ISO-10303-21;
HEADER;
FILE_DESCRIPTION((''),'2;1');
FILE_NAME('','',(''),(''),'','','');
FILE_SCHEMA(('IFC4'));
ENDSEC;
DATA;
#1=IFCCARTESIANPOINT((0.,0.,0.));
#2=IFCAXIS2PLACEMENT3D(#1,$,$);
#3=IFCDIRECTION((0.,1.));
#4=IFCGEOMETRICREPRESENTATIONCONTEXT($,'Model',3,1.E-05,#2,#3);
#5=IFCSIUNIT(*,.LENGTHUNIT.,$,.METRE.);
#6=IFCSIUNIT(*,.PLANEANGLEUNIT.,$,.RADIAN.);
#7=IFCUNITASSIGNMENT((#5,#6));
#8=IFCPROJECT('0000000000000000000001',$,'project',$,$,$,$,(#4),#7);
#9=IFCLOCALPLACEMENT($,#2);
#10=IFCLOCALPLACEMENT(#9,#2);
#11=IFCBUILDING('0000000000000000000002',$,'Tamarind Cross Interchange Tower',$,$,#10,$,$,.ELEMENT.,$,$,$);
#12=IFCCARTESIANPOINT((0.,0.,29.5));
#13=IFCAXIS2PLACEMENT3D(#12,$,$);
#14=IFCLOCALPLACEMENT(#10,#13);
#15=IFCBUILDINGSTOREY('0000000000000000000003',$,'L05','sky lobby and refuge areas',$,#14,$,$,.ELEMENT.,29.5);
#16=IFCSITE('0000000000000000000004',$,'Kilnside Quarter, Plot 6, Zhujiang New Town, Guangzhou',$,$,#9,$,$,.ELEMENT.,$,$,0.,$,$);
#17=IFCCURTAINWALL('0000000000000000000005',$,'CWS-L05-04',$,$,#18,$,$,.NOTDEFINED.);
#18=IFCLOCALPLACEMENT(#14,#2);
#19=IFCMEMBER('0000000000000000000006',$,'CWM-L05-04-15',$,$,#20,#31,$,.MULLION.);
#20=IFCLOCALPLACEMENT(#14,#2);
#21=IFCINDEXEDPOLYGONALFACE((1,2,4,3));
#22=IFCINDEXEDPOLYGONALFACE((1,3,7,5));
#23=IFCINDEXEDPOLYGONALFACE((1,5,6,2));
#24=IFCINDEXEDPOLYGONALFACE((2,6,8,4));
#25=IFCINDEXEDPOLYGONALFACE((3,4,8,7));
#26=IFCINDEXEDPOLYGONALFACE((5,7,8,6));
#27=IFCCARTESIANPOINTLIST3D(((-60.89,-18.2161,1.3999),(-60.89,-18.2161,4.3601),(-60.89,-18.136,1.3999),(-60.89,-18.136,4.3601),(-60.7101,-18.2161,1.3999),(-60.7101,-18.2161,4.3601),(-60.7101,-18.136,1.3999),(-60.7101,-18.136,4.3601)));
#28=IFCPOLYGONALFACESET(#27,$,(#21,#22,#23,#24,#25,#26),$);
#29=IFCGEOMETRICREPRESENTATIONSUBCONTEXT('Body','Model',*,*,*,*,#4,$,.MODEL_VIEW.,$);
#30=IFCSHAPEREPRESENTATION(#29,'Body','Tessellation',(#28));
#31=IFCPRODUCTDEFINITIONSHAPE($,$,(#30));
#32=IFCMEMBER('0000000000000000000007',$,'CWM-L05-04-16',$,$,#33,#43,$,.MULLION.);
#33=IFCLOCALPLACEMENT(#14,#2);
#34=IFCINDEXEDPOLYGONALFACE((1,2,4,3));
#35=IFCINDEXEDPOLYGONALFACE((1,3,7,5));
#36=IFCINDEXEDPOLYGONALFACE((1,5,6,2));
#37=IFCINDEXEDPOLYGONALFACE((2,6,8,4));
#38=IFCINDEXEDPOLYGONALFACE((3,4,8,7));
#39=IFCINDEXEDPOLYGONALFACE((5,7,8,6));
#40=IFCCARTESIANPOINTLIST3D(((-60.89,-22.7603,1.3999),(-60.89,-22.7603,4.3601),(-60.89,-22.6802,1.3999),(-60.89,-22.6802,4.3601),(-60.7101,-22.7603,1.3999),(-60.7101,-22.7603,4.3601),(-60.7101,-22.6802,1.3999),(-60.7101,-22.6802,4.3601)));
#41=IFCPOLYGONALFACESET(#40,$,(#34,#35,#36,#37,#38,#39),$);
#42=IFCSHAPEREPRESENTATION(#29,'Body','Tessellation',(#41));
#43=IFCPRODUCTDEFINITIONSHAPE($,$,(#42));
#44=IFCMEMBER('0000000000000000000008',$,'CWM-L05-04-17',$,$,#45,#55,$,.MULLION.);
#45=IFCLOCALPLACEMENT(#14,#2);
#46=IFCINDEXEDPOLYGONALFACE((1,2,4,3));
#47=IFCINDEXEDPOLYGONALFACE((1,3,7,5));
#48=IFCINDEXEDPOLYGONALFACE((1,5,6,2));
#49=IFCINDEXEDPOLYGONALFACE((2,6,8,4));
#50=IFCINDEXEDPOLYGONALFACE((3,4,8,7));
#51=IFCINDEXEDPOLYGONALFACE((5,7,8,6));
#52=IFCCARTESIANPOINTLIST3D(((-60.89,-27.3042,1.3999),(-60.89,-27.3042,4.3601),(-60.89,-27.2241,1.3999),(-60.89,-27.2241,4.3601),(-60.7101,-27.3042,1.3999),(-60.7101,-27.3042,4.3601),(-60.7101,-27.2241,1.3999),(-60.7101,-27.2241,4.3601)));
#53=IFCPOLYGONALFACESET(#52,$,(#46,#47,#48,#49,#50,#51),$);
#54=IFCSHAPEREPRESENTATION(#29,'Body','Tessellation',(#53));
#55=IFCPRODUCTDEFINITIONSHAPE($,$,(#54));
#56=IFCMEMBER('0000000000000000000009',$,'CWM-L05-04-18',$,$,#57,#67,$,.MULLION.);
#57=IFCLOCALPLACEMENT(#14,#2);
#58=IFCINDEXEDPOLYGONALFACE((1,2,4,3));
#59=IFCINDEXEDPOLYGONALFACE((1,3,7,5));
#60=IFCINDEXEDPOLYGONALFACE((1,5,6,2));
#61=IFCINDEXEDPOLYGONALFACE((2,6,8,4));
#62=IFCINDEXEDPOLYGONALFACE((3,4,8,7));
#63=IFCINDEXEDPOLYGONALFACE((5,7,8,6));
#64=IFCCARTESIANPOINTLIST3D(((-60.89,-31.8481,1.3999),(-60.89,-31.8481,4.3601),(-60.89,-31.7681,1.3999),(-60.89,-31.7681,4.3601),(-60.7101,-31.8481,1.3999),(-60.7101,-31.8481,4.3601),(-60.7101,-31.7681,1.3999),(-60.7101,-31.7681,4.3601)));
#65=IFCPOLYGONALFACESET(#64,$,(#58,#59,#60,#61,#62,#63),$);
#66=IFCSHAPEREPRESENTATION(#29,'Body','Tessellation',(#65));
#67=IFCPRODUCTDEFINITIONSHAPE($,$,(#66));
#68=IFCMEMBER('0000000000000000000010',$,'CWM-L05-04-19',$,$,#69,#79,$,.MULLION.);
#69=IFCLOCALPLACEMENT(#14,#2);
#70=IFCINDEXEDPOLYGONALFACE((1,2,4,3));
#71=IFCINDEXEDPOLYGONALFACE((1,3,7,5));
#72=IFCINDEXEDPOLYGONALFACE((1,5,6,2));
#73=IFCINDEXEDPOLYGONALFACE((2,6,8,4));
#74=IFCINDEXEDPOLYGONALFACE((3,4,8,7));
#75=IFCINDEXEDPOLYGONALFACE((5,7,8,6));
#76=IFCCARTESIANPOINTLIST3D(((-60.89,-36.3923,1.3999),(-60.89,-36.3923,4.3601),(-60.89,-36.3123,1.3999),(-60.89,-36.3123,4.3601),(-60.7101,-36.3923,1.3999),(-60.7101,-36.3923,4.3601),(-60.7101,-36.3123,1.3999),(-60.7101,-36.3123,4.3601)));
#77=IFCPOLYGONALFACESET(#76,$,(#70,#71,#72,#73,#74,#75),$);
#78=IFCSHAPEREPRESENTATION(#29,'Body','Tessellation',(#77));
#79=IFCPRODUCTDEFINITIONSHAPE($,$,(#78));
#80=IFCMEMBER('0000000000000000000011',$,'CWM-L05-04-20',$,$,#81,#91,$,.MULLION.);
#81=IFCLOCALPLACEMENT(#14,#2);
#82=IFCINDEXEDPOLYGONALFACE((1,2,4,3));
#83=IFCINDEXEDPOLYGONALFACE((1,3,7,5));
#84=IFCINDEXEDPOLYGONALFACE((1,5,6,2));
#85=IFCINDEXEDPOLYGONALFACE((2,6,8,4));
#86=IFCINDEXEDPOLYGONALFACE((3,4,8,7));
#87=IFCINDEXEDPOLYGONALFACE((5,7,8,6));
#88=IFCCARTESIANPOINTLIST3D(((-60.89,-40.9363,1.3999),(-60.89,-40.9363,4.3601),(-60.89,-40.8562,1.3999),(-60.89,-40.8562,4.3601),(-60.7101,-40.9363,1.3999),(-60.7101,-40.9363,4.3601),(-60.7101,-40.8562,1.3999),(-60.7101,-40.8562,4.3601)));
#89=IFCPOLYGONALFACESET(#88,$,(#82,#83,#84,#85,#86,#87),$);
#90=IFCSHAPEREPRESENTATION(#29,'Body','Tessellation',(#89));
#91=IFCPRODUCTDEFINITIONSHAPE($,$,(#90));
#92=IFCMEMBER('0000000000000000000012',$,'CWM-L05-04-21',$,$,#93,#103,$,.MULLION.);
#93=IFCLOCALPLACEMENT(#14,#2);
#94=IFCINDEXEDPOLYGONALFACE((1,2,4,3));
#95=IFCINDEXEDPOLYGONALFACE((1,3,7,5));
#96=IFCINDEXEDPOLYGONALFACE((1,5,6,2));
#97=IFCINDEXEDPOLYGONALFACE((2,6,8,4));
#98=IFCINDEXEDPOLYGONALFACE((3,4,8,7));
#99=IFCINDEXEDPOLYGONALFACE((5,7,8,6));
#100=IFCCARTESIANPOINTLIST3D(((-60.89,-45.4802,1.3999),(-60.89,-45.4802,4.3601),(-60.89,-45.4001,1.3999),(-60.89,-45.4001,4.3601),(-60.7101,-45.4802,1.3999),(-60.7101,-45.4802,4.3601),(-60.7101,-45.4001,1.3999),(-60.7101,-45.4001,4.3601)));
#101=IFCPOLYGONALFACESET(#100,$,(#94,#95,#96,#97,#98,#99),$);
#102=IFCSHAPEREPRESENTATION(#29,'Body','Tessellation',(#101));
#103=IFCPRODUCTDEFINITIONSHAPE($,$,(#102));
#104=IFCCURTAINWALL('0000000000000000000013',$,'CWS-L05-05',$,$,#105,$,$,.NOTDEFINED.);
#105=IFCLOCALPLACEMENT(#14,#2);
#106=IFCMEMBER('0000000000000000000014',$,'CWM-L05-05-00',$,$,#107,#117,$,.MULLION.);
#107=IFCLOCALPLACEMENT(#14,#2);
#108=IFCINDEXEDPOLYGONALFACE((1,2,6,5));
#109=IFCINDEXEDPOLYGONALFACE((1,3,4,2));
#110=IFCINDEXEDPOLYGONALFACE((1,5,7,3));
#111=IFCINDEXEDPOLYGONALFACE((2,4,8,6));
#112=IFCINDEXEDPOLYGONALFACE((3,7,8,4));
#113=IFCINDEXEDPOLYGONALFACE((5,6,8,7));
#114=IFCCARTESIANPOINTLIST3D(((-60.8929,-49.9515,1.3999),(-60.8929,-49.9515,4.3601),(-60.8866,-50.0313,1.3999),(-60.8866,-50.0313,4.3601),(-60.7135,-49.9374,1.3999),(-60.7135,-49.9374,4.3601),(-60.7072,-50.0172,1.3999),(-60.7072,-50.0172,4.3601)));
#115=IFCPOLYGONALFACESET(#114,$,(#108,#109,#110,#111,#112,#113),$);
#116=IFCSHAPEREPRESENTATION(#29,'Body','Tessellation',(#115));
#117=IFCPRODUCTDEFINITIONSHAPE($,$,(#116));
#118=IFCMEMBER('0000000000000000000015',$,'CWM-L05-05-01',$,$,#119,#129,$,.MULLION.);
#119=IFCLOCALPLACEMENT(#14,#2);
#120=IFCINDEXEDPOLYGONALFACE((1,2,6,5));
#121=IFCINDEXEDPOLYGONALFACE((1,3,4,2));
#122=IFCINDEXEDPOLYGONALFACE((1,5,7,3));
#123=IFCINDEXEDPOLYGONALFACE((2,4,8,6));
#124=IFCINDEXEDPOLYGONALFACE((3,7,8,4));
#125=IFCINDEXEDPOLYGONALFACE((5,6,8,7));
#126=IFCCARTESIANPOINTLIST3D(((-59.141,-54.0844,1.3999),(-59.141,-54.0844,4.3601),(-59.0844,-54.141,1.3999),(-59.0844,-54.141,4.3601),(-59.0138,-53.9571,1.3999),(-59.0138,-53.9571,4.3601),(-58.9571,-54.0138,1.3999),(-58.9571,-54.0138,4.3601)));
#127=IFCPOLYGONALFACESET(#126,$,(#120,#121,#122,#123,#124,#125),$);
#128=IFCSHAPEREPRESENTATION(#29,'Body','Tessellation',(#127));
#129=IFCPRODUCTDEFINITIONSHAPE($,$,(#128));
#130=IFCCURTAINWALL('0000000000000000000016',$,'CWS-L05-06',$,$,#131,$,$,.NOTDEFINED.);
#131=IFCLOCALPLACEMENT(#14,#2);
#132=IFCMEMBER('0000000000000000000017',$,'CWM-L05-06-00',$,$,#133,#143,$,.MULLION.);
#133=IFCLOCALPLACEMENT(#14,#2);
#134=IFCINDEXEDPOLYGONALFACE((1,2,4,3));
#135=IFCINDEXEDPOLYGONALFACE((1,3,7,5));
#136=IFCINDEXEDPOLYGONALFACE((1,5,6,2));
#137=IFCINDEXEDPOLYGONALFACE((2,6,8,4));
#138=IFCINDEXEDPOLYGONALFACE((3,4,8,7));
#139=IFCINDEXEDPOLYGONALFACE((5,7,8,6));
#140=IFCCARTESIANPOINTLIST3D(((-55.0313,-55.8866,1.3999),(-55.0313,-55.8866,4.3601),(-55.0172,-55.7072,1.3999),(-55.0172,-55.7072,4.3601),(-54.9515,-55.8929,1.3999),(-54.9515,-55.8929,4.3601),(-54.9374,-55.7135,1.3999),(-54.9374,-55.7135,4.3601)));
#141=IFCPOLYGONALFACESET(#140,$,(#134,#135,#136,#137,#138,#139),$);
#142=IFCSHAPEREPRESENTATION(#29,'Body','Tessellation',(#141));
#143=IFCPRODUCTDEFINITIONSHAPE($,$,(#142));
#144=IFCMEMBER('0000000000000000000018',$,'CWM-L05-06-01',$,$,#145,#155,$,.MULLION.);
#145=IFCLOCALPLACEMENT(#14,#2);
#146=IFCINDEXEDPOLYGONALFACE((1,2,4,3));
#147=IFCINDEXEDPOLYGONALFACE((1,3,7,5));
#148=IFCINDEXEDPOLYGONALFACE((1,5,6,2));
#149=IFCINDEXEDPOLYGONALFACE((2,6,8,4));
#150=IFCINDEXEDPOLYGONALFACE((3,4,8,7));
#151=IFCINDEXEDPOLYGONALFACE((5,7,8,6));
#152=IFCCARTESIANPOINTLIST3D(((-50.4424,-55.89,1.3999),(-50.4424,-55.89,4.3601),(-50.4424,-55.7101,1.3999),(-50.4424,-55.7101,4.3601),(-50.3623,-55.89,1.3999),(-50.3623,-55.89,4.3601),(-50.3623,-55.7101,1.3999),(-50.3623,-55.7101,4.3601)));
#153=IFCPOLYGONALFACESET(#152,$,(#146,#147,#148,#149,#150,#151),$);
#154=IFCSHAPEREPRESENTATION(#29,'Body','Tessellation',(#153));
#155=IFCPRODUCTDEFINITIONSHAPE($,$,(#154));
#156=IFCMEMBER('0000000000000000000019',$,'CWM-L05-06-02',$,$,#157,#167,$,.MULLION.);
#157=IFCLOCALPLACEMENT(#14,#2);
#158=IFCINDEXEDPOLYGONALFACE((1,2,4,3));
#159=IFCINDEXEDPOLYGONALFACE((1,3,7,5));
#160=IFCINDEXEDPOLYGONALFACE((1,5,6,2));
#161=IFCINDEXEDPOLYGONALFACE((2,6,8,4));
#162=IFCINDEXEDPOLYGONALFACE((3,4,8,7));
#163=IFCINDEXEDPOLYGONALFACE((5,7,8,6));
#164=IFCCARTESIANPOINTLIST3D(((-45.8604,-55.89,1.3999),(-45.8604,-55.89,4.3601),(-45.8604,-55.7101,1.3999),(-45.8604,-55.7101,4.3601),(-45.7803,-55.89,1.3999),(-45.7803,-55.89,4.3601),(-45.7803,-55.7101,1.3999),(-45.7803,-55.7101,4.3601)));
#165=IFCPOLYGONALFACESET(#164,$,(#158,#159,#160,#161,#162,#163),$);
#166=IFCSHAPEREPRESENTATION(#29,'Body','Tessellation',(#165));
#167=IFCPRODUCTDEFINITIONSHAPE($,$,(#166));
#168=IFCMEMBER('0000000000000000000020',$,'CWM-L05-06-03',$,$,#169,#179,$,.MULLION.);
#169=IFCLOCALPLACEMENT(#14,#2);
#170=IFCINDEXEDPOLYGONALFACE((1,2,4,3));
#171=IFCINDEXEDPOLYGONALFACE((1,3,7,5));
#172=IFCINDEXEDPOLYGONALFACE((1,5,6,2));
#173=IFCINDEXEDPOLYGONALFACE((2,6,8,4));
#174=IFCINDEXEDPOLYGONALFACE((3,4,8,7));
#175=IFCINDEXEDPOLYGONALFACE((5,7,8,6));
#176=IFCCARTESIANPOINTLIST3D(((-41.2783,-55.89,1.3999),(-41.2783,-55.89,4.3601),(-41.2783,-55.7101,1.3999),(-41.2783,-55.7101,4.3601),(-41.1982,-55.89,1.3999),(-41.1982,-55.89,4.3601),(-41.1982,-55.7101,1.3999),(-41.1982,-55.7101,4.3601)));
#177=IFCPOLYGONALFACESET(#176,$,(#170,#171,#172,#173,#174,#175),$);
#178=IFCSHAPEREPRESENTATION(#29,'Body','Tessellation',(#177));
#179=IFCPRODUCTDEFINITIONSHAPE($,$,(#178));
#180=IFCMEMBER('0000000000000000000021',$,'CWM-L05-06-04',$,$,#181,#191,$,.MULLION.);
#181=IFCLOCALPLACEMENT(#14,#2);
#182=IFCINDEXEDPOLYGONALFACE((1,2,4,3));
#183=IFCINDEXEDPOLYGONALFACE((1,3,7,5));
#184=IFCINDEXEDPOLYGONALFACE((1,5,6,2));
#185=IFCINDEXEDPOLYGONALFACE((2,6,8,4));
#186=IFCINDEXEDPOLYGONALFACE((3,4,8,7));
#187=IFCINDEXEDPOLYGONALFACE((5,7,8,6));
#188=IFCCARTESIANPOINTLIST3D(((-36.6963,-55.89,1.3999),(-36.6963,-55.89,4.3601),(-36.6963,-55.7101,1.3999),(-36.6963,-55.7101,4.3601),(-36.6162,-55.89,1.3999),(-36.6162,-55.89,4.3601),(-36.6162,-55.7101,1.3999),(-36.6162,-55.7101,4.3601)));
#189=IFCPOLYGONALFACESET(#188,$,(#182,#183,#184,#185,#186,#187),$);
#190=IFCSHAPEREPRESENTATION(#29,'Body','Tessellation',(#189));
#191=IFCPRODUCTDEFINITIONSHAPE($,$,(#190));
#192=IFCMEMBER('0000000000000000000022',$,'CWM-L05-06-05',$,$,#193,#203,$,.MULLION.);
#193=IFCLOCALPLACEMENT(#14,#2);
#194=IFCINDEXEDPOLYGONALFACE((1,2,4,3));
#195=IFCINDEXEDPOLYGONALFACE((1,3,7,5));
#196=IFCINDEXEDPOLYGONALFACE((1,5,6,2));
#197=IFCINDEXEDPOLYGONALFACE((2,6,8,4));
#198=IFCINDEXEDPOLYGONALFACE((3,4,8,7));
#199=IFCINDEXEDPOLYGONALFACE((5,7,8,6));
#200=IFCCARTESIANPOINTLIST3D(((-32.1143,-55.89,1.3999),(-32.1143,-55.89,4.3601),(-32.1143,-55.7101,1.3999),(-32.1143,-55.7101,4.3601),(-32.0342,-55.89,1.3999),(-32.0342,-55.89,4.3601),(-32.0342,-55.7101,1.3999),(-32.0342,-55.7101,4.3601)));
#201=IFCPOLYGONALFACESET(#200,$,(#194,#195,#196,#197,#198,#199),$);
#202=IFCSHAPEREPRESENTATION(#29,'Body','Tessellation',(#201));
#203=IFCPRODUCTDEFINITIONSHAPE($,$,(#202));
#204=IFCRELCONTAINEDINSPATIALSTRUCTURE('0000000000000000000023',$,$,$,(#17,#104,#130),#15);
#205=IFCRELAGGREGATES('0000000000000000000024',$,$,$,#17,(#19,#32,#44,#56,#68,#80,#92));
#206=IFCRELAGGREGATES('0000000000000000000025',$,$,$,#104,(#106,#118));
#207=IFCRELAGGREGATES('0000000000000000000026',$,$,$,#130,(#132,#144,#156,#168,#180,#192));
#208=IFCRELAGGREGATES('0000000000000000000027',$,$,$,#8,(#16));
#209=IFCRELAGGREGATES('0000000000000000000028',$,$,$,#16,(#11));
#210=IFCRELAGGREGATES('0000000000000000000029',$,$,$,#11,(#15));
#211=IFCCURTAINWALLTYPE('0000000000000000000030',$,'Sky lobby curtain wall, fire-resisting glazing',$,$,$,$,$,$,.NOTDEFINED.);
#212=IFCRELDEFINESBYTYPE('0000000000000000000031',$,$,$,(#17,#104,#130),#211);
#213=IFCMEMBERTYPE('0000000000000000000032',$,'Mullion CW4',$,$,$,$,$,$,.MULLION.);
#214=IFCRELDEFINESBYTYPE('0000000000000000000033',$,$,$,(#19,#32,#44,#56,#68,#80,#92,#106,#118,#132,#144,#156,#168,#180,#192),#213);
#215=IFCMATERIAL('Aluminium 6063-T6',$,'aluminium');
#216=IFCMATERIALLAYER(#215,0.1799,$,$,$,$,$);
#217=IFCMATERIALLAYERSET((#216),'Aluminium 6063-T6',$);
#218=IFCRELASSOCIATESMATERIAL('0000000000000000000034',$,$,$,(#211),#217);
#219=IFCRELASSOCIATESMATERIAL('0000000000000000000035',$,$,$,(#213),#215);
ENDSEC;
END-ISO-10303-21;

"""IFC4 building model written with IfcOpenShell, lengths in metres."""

from ifc_helpers import new_model, si_unit, direction, frame, origin, origin_2d, place, context, subcontext, project, spatial, rectangle, extrude, material, layer, layer_set, material_profile, profile_set, type_object, element, aggregate, save


model = new_model("IFC4")

# Units and contexts
model_context = context("Model", 3, precision=1e-05, world=origin(), true_north=direction((0.0, 1.0)))
body_context = subcontext(model_context, "Body", "Model", "MODEL_VIEW")
ifc_project = project(units=[si_unit("LENGTHUNIT", "METRE"), si_unit("PLANEANGLEUNIT", "RADIAN")], contexts=[model_context])

# Site, building, storey
site_placement = place(None, origin())
site = spatial("IfcSite", under=ifc_project, at=site_placement, Name="Kilnside Quarter, Plot 6, Zhujiang New Town, Guangzhou", CompositionType="ELEMENT", RefElevation=0.0)
building_placement = place(site_placement, origin())
building = spatial("IfcBuilding", under=site, at=building_placement, Name="Tamarind Cross Interchange Tower", CompositionType="ELEMENT")
storey_placement = place(building_placement, frame((0.0, 0.0, 29.5)))
storey = spatial("IfcBuildingStorey", under=building, at=storey_placement, Name="L05", Description="sky lobby and refuge areas", CompositionType="ELEMENT", Elevation=29.5)

# Curtain walls, members
ifc_material_1 = material(Name="Aluminium 6063-T6", Category="aluminium")
ifc_layer_1 = layer(ifc_material_1, 0.1799)
ifc_layer_set_1 = layer_set([ifc_layer_1], Name="Aluminium 6063-T6")
curtain_wall_type = type_object("IfcCurtainWallType", Name="Sky lobby curtain wall, fire-resisting glazing", PredefinedType="NOTDEFINED", material=ifc_layer_set_1)
curtain_wall_1_placement = place(storey_placement, origin())
curtain_wall_1 = element("IfcCurtainWall", 1, at=curtain_wall_1_placement, inside=storey, type_object=curtain_wall_type, Name="CWS-L05-04", PredefinedType="NOTDEFINED")
ifc_material_profile_1 = material_profile(ifc_material_1, rectangle(XDim=0.0801, YDim=0.1799, at=origin_2d()), Name="Mullion CW4")
ifc_profile_set_1 = profile_set([ifc_material_profile_1], Name="Aluminium 6063-T6")
member_type = type_object("IfcMemberType", Name="Mullion CW4", PredefinedType="MULLION", material=ifc_profile_set_1)
member_1_placement = place(storey_placement, frame((-60.8, -18.176, 1.3999), z_axis=(0.0, 0.0, 1.0), x_axis=(0.0, -1.0, 0.0)))
member_1 = element("IfcMember", 2, at=member_1_placement, type_object=member_type, Name="CWM-L05-04-15", PredefinedType="MULLION", context=body_context, shape_type="SweptSolid", body=[
    extrude(rectangle(XDim=0.0801, YDim=0.1799, at=origin_2d()), origin(), (0.0, 0.0, 1.0), 2.9602),
])
member_2_placement = place(storey_placement, frame((-60.8, -22.7202, 1.3999), z_axis=(0.0, 0.0, 1.0), x_axis=(0.0, -1.0, 0.0)))
member_2 = element("IfcMember", 3, at=member_2_placement, type_object=member_type, Name="CWM-L05-04-16", PredefinedType="MULLION", context=body_context, shape_type="SweptSolid", body=[
    extrude(rectangle(XDim=0.0801, YDim=0.1799, at=origin_2d()), origin(), (0.0, 0.0, 1.0), 2.9602),
])
member_3_placement = place(storey_placement, frame((-60.8, -27.2642, 1.3999), z_axis=(0.0, 0.0, 1.0), x_axis=(0.0, -1.0, 0.0)))
member_3 = element("IfcMember", 4, at=member_3_placement, type_object=member_type, Name="CWM-L05-04-17", PredefinedType="MULLION", context=body_context, shape_type="SweptSolid", body=[
    extrude(rectangle(XDim=0.0801, YDim=0.1799, at=origin_2d()), origin(), (0.0, 0.0, 1.0), 2.9602),
])
member_4_placement = place(storey_placement, frame((-60.8, -31.8081, 1.3999), z_axis=(0.0, 0.0, 1.0), x_axis=(0.0, -1.0, 0.0)))
member_4 = element("IfcMember", 5, at=member_4_placement, type_object=member_type, Name="CWM-L05-04-18", PredefinedType="MULLION", context=body_context, shape_type="SweptSolid", body=[
    extrude(rectangle(XDim=0.0801, YDim=0.1799, at=origin_2d()), origin(), (0.0, 0.0, 1.0), 2.9602),
])
member_5_placement = place(storey_placement, frame((-60.8, -36.3523, 1.3999), z_axis=(0.0, 0.0, 1.0), x_axis=(0.0, -1.0, 0.0)))
member_5 = element("IfcMember", 6, at=member_5_placement, type_object=member_type, Name="CWM-L05-04-19", PredefinedType="MULLION", context=body_context, shape_type="SweptSolid", body=[
    extrude(rectangle(XDim=0.0801, YDim=0.1799, at=origin_2d()), origin(), (0.0, 0.0, 1.0), 2.9602),
])
member_6_placement = place(storey_placement, frame((-60.8, -40.8962, 1.3999), z_axis=(0.0, 0.0, 1.0), x_axis=(0.0, -1.0, 0.0)))
member_6 = element("IfcMember", 7, at=member_6_placement, type_object=member_type, Name="CWM-L05-04-20", PredefinedType="MULLION", context=body_context, shape_type="SweptSolid", body=[
    extrude(rectangle(XDim=0.0801, YDim=0.1799, at=origin_2d()), origin(), (0.0, 0.0, 1.0), 2.9602),
])
member_7_placement = place(storey_placement, frame((-60.8, -45.4402, 1.3999), z_axis=(0.0, 0.0, 1.0), x_axis=(0.0, -1.0, 0.0)))
member_7 = element("IfcMember", 8, at=member_7_placement, type_object=member_type, Name="CWM-L05-04-21", PredefinedType="MULLION", context=body_context, shape_type="SweptSolid", body=[
    extrude(rectangle(XDim=0.0801, YDim=0.1799, at=origin_2d()), origin(), (0.0, 0.0, 1.0), 2.9602),
])
aggregate(curtain_wall_1, [member_1, member_2, member_3, member_4, member_5, member_6, member_7])
curtain_wall_2_placement = place(storey_placement, origin())
curtain_wall_2 = element("IfcCurtainWall", 9, at=curtain_wall_2_placement, inside=storey, type_object=curtain_wall_type, Name="CWS-L05-05", PredefinedType="NOTDEFINED")
member_8_placement = place(storey_placement, frame((-60.8, -49.9844, 1.3999), z_axis=(0.0, 0.0, 1.0), x_axis=(0.078459, -0.996917, 0.0)))
member_8 = element("IfcMember", 10, at=member_8_placement, type_object=member_type, Name="CWM-L05-05-00", PredefinedType="MULLION", context=body_context, shape_type="SweptSolid", body=[
    extrude(rectangle(XDim=0.0801, YDim=0.1799, at=origin_2d()), origin(), (0.0, 0.0, 1.0), 2.9602),
])
member_9_placement = place(storey_placement, frame((-59.0491, -54.0491, 1.3999), z_axis=(0.0, 0.0, 1.0), x_axis=(0.707107, -0.707107, 0.0)))
member_9 = element("IfcMember", 11, at=member_9_placement, type_object=member_type, Name="CWM-L05-05-01", PredefinedType="MULLION", context=body_context, shape_type="SweptSolid", body=[
    extrude(rectangle(XDim=0.0801, YDim=0.1799, at=origin_2d()), origin(), (0.0, 0.0, 1.0), 2.9602),
])
aggregate(curtain_wall_2, [member_8, member_9])
curtain_wall_3_placement = place(storey_placement, origin())
curtain_wall_3 = element("IfcCurtainWall", 12, at=curtain_wall_3_placement, inside=storey, type_object=curtain_wall_type, Name="CWS-L05-06", PredefinedType="NOTDEFINED")
member_10_placement = place(storey_placement, frame((-54.9844, -55.8, 1.3999), z_axis=(0.0, 0.0, 1.0), x_axis=(0.996917, -0.078459, 0.0)))
member_10 = element("IfcMember", 13, at=member_10_placement, type_object=member_type, Name="CWM-L05-06-00", PredefinedType="MULLION", context=body_context, shape_type="SweptSolid", body=[
    extrude(rectangle(XDim=0.0801, YDim=0.1799, at=origin_2d()), origin(), (0.0, 0.0, 1.0), 2.9602),
])
member_11_placement = place(storey_placement, frame((-50.4023, -55.8, 1.3999), z_axis=(0.0, 0.0, 1.0), x_axis=(1.0, 0.0, 0.0)))
member_11 = element("IfcMember", 14, at=member_11_placement, type_object=member_type, Name="CWM-L05-06-01", PredefinedType="MULLION", context=body_context, shape_type="SweptSolid", body=[
    extrude(rectangle(XDim=0.0801, YDim=0.1799, at=origin_2d()), origin(), (0.0, 0.0, 1.0), 2.9602),
])
member_12_placement = place(storey_placement, frame((-45.8203, -55.8, 1.3999), z_axis=(0.0, 0.0, 1.0), x_axis=(1.0, 0.0, 0.0)))
member_12 = element("IfcMember", 15, at=member_12_placement, type_object=member_type, Name="CWM-L05-06-02", PredefinedType="MULLION", context=body_context, shape_type="SweptSolid", body=[
    extrude(rectangle(XDim=0.0801, YDim=0.1799, at=origin_2d()), origin(), (0.0, 0.0, 1.0), 2.9602),
])
member_13_placement = place(storey_placement, frame((-41.2383, -55.8, 1.3999), z_axis=(0.0, 0.0, 1.0), x_axis=(1.0, 0.0, 0.0)))
member_13 = element("IfcMember", 16, at=member_13_placement, type_object=member_type, Name="CWM-L05-06-03", PredefinedType="MULLION", context=body_context, shape_type="SweptSolid", body=[
    extrude(rectangle(XDim=0.0801, YDim=0.1799, at=origin_2d()), origin(), (0.0, 0.0, 1.0), 2.9602),
])
member_14_placement = place(storey_placement, frame((-36.6562, -55.8, 1.3999), z_axis=(0.0, 0.0, 1.0), x_axis=(1.0, 0.0, 0.0)))
member_14 = element("IfcMember", 17, at=member_14_placement, type_object=member_type, Name="CWM-L05-06-04", PredefinedType="MULLION", context=body_context, shape_type="SweptSolid", body=[
    extrude(rectangle(XDim=0.0801, YDim=0.1799, at=origin_2d()), origin(), (0.0, 0.0, 1.0), 2.9602),
])
member_15_placement = place(storey_placement, frame((-32.0742, -55.8, 1.3999), z_axis=(0.0, 0.0, 1.0), x_axis=(1.0, 0.0, 0.0)))
member_15 = element("IfcMember", 18, at=member_15_placement, type_object=member_type, Name="CWM-L05-06-05", PredefinedType="MULLION", context=body_context, shape_type="SweptSolid", body=[
    extrude(rectangle(XDim=0.0801, YDim=0.1799, at=origin_2d()), origin(), (0.0, 0.0, 1.0), 2.9602),
])
aggregate(curtain_wall_3, [member_10, member_11, member_12, member_13, member_14, member_15])

save(model, "model.ifc")
